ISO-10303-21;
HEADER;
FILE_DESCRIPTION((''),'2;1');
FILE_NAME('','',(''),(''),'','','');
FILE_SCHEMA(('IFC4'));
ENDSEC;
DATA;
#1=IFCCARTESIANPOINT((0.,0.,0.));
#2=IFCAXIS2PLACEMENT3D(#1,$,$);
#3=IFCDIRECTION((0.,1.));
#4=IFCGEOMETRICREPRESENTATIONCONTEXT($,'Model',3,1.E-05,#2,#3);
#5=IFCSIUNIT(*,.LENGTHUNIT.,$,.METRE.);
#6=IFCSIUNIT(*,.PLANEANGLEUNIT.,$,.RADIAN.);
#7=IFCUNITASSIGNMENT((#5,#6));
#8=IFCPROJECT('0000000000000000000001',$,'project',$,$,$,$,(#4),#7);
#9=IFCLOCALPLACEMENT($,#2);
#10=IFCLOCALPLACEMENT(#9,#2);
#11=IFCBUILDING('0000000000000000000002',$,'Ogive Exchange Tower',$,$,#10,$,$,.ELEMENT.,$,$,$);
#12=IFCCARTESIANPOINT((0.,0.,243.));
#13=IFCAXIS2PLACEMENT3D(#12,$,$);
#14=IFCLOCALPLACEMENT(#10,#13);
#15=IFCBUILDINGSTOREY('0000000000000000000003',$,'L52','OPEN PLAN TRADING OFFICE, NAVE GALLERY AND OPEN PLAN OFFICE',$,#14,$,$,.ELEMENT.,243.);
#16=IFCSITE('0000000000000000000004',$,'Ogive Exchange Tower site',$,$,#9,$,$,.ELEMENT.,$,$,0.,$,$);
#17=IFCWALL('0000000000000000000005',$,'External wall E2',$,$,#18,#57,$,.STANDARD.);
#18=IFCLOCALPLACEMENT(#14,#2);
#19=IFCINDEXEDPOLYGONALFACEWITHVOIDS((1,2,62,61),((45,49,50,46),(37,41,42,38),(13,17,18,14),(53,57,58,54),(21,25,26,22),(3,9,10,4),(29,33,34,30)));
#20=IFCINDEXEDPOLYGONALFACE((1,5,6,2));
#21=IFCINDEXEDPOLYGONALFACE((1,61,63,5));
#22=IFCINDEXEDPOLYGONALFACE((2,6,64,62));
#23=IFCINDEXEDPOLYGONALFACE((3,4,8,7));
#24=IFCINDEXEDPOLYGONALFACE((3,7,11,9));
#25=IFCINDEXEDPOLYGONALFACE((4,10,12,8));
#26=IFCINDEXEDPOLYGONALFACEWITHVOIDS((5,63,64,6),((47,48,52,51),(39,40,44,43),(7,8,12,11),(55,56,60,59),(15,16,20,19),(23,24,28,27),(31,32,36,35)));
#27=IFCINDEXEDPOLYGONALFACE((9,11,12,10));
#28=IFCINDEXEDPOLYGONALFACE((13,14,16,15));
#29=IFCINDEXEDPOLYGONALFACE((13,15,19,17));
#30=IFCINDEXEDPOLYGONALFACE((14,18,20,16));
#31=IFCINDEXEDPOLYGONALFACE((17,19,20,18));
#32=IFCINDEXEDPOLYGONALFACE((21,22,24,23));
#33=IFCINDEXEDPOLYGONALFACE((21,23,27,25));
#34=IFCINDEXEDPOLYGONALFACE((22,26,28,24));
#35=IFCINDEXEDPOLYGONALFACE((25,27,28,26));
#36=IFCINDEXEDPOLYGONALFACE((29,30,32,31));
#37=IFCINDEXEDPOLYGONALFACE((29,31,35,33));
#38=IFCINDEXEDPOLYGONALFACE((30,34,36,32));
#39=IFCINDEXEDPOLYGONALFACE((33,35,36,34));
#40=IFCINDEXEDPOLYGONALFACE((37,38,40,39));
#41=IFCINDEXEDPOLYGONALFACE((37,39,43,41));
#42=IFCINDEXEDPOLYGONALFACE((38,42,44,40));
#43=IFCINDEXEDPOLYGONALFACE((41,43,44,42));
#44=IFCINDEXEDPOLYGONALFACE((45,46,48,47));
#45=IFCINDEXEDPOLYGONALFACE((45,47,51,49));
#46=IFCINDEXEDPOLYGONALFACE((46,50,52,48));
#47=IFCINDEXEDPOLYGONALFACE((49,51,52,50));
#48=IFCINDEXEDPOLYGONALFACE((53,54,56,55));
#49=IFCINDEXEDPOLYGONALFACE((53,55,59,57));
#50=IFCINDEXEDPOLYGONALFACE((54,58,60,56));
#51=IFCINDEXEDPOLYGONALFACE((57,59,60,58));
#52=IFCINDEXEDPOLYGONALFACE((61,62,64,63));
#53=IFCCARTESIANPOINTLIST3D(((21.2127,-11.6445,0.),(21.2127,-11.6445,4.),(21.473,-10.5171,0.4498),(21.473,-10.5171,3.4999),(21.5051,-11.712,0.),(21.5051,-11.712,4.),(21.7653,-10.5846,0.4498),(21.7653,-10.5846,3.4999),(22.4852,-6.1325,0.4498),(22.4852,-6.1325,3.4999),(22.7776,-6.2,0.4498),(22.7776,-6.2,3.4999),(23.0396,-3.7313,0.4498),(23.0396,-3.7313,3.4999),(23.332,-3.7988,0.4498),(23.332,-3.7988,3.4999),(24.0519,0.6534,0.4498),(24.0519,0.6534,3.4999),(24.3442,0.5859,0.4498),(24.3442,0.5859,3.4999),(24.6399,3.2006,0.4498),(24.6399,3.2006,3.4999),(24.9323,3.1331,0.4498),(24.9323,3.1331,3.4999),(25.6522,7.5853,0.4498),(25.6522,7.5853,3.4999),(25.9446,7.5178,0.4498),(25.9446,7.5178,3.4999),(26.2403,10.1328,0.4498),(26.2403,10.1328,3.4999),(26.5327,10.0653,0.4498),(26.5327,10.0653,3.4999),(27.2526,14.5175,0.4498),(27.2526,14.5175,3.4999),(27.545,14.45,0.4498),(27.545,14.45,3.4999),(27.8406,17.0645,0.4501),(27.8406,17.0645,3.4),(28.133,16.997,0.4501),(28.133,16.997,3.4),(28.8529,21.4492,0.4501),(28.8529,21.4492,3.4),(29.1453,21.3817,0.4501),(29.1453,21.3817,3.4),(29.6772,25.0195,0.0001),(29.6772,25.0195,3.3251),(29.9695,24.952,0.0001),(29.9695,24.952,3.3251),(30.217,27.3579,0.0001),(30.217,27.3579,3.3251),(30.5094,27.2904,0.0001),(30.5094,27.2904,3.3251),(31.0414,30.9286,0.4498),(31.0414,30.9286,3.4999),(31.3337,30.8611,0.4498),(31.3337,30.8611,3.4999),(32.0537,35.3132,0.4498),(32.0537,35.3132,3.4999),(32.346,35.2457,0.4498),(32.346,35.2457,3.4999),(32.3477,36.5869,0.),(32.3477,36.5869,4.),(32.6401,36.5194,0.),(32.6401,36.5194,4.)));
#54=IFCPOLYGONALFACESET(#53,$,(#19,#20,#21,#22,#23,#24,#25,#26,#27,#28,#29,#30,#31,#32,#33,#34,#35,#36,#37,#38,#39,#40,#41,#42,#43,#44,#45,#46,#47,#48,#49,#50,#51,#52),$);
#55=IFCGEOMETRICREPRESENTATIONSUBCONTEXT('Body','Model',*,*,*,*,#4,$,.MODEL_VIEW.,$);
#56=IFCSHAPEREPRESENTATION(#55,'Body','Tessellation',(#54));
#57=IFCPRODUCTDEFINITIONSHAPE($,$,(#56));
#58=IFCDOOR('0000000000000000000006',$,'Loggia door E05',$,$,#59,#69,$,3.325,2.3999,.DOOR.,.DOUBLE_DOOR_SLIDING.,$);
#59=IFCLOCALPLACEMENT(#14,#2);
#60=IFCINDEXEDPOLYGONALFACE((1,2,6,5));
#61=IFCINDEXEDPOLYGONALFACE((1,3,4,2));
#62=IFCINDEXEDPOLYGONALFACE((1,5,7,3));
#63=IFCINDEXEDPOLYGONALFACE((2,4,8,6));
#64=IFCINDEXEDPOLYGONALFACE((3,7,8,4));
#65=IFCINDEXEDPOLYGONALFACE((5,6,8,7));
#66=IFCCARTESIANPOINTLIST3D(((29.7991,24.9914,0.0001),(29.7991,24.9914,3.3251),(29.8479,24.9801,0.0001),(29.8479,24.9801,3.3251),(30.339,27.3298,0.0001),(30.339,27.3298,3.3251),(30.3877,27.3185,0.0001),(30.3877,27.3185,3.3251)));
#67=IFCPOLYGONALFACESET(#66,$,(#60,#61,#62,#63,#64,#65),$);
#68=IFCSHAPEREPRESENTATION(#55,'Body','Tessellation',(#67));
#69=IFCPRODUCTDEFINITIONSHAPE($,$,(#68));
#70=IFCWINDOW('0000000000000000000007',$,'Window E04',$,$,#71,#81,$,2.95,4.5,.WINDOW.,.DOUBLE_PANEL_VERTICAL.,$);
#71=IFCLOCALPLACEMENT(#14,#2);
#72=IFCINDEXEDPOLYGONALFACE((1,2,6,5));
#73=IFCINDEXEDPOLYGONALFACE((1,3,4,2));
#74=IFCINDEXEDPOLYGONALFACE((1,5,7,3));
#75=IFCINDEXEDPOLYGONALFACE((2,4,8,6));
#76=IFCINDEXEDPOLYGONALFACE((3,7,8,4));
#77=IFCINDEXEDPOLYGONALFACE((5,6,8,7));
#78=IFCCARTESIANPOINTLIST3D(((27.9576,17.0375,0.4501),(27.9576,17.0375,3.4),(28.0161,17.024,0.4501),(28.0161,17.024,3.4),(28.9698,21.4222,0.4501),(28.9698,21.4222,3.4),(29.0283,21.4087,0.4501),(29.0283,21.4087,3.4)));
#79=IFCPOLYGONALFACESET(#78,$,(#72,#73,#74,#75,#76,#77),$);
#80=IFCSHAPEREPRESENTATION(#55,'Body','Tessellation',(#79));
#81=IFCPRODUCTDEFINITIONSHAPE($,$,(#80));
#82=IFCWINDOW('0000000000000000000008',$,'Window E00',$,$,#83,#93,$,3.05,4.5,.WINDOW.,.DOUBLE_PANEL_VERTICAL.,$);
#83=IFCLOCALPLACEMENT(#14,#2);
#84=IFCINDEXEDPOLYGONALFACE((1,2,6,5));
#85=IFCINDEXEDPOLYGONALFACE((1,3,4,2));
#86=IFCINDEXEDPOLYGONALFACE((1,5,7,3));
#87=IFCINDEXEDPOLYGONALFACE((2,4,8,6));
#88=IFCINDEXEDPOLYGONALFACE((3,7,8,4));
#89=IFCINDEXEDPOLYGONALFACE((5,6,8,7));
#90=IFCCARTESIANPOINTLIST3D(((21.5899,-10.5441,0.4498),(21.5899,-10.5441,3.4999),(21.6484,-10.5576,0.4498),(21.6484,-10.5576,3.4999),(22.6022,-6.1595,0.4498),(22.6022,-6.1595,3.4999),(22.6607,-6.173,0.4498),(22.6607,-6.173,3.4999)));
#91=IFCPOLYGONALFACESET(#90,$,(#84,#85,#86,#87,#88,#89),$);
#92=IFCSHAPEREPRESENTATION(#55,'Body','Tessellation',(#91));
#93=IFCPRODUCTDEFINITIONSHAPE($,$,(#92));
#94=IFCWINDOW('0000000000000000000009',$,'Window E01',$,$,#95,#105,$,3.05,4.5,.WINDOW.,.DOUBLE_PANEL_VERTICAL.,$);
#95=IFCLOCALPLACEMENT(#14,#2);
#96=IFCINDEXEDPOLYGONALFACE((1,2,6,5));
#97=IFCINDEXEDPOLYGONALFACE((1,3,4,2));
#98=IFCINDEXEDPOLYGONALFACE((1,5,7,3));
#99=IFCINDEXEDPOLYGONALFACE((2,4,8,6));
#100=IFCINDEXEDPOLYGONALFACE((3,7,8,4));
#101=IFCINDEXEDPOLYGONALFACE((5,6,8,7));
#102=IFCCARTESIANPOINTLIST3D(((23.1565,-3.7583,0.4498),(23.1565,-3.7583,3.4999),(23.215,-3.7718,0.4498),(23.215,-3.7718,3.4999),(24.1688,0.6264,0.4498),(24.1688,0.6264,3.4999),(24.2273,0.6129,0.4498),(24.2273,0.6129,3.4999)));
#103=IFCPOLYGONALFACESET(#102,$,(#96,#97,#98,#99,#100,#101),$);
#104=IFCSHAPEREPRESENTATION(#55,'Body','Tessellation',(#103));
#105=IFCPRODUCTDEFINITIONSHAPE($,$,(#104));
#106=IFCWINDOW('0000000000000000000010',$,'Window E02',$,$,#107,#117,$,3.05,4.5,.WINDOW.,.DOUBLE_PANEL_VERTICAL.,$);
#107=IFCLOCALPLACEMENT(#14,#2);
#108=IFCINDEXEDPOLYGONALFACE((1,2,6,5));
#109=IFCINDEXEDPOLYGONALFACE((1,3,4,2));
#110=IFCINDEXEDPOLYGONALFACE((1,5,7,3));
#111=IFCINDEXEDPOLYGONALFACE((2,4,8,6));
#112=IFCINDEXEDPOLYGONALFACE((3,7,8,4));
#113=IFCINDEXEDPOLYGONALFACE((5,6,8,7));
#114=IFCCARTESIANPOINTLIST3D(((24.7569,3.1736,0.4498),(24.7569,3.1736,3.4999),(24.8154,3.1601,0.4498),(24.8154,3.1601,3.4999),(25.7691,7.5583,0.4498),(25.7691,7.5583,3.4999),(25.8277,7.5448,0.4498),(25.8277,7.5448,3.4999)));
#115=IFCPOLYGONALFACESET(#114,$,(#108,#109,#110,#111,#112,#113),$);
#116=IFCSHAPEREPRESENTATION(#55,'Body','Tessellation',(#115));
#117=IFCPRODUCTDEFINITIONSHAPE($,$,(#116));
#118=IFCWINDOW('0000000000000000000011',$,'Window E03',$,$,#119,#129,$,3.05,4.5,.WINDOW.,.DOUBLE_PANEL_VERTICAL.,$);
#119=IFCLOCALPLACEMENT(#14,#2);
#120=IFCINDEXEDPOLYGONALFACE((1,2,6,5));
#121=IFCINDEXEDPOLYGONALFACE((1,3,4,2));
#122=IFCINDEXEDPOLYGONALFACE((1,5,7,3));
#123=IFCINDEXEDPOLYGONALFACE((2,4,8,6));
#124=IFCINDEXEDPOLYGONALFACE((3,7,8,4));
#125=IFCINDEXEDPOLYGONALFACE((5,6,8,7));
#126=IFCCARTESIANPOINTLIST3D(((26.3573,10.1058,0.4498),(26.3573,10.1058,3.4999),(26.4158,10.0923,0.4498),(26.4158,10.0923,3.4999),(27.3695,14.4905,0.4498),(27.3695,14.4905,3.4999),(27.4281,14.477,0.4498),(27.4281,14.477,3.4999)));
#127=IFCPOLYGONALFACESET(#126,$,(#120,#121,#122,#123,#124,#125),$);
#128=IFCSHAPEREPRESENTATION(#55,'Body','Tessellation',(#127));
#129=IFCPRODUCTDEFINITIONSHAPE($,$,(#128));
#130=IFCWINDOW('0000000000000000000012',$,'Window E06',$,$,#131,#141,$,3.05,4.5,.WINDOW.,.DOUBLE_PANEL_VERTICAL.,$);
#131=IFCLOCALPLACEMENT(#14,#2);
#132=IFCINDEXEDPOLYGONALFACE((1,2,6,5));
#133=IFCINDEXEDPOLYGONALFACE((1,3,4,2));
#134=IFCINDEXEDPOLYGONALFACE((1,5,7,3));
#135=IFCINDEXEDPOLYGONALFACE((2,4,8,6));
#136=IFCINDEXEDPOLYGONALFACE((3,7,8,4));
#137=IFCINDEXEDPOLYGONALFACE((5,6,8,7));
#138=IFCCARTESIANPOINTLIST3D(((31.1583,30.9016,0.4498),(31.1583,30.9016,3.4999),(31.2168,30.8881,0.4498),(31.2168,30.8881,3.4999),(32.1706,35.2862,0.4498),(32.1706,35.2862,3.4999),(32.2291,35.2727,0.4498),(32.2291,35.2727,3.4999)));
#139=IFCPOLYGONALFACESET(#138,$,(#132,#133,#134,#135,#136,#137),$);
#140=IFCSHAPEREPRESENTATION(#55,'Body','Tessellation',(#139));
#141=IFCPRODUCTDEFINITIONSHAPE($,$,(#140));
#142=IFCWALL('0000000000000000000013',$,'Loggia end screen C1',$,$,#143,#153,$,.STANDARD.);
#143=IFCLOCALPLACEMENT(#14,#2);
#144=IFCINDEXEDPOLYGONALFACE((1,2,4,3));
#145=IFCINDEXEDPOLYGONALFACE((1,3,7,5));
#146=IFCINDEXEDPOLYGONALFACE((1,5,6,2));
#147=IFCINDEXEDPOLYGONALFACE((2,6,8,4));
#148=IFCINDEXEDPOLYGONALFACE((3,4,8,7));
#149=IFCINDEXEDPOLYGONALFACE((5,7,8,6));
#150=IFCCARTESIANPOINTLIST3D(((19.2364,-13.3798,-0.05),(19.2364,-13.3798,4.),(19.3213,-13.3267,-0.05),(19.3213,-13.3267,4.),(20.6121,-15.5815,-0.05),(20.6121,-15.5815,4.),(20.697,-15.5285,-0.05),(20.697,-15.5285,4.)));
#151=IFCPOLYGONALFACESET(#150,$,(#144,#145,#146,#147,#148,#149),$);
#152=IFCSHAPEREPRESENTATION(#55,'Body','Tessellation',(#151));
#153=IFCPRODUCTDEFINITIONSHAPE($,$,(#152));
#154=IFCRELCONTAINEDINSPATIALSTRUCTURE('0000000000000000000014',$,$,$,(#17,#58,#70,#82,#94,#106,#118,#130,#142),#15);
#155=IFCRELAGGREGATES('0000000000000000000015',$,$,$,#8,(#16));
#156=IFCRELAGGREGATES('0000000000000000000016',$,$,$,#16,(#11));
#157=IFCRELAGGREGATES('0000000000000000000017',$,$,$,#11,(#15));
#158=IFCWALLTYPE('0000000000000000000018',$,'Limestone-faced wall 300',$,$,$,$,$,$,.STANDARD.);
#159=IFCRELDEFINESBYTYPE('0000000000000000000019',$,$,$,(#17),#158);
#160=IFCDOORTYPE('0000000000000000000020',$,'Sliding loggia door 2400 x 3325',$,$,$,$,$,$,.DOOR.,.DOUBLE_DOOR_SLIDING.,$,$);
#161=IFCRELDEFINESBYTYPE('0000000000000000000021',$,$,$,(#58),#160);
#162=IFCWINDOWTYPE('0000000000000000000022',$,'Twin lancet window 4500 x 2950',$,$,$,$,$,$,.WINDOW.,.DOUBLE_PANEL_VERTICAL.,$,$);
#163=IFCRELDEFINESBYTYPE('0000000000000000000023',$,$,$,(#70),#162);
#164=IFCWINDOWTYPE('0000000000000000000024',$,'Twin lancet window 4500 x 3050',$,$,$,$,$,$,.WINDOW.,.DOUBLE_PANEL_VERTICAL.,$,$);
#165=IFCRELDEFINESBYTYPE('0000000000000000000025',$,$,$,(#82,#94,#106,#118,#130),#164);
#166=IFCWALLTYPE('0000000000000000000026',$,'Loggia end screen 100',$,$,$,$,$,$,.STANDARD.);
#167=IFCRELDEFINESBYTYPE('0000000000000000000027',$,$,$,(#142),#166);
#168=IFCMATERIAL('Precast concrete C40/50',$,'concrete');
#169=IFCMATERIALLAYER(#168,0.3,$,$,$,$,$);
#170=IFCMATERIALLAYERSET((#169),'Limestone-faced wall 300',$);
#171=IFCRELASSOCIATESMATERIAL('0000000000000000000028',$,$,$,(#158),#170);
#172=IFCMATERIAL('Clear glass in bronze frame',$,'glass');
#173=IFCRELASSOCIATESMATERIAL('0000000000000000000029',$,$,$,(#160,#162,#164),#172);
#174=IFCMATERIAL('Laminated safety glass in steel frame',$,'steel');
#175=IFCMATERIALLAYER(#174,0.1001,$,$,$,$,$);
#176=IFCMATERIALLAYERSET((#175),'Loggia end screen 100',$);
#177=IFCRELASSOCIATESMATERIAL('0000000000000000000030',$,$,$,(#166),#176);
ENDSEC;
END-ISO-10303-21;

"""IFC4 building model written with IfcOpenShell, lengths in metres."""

from ifc_helpers import new_model, si_unit, direction, frame, frame_2d, origin, place, context, subcontext, project, spatial, rectangle, extrude, material, layer, layer_set, type_object, element, fill, save


model = new_model("IFC4")

# Units and contexts
model_context = context("Model", 3, precision=1e-05, world=origin(), true_north=direction((0.0, 1.0)))
body_context = subcontext(model_context, "Body", "Model", "MODEL_VIEW")
ifc_project = project(units=[si_unit("LENGTHUNIT", "METRE"), si_unit("PLANEANGLEUNIT", "RADIAN")], contexts=[model_context])

# Site, building, storey
site_placement = place(None, origin())
site = spatial("IfcSite", under=ifc_project, at=site_placement, Name="Ogive Exchange Tower site", CompositionType="ELEMENT", RefElevation=0.0)
building_placement = place(site_placement, origin())
building = spatial("IfcBuilding", under=site, at=building_placement, Name="Ogive Exchange Tower", CompositionType="ELEMENT")
storey_placement = place(building_placement, frame((0.0, 0.0, 243.0)))
storey = spatial("IfcBuildingStorey", under=building, at=storey_placement, Name="L52", Description="OPEN PLAN TRADING OFFICE, NAVE GALLERY AND OPEN PLAN OFFICE", CompositionType="ELEMENT", Elevation=243.0)

# Wall, openings, door, windows
ifc_material_1 = material(Name="Precast concrete C40/50", Category="concrete")
ifc_layer_1 = layer(ifc_material_1, 0.3)
ifc_layer_set_1 = layer_set([ifc_layer_1], Name="Limestone-faced wall 300")
wall_type_1 = type_object("IfcWallType", Name="Limestone-faced wall 300", PredefinedType="STANDARD", material=ifc_layer_set_1)
wall_1_placement = place(storey_placement, frame((21.3589, -11.6782, 0.0), z_axis=(0.0, 0.0, 1.0), x_axis=(0.224949, 0.97437, 0.0)))
wall_1 = element("IfcWall", 1, at=wall_1_placement, inside=storey, type_object=wall_type_1, Name="External wall E2", PredefinedType="STANDARD", context=body_context, shape_type="SweptSolid", body=[
    extrude(rectangle(XDim=49.5, YDim=0.3, at=frame_2d((24.75, 0.0))), origin(), (0.0, 0.0, 1.0), 4.0),
])
opening_1_placement = place(wall_1_placement, frame((1.157, 0.0, 0.45)))
opening_1 = element("IfcOpeningElement", 2, at=opening_1_placement, cuts=wall_1, PredefinedType="OPENING", context=body_context, shape_type="SweptSolid", body=[
    extrude(rectangle(XDim=4.5, YDim=3.05, at=frame_2d((2.25, 1.5249))), frame((0.0, 0.1599, 0.0), z_axis=(0.0, -1.0, 0.0), x_axis=(1.0, 0.0, 0.0)), (0.0, 0.0, 1.0), 0.3201),
])
opening_2_placement = place(wall_1_placement, frame((8.1213, 0.0, 0.45)))
opening_2 = element("IfcOpeningElement", 3, at=opening_2_placement, cuts=wall_1, PredefinedType="OPENING", context=body_context, shape_type="SweptSolid", body=[
    extrude(rectangle(XDim=4.5, YDim=3.05, at=frame_2d((2.25, 1.5249))), frame((0.0, 0.1599, 0.0), z_axis=(0.0, -1.0, 0.0), x_axis=(1.0, 0.0, 0.0)), (0.0, 0.0, 1.0), 0.3201),
])
opening_3_placement = place(wall_1_placement, frame((15.2356, 0.0, 0.45)))
opening_3 = element("IfcOpeningElement", 4, at=opening_3_placement, cuts=wall_1, PredefinedType="OPENING", context=body_context, shape_type="SweptSolid", body=[
    extrude(rectangle(XDim=4.5, YDim=3.05, at=frame_2d((2.25, 1.5249))), frame((0.0, 0.1599, 0.0), z_axis=(0.0, -1.0, 0.0), x_axis=(1.0, 0.0, 0.0)), (0.0, 0.0, 1.0), 0.3201),
])
opening_4_placement = place(wall_1_placement, frame((22.3501, 0.0, 0.45)))
opening_4 = element("IfcOpeningElement", 5, at=opening_4_placement, cuts=wall_1, PredefinedType="OPENING", context=body_context, shape_type="SweptSolid", body=[
    extrude(rectangle(XDim=4.5, YDim=3.05, at=frame_2d((2.25, 1.5249))), frame((0.0, 0.1599, 0.0), z_axis=(0.0, -1.0, 0.0), x_axis=(1.0, 0.0, 0.0)), (0.0, 0.0, 1.0), 0.3201),
])
opening_5_placement = place(wall_1_placement, frame((29.4641, 0.0, 0.45)))
opening_5 = element("IfcOpeningElement", 6, at=opening_5_placement, cuts=wall_1, PredefinedType="OPENING", context=body_context, shape_type="SweptSolid", body=[
    extrude(rectangle(XDim=4.5, YDim=2.95, at=frame_2d((2.25, 1.4751))), frame((0.0, 0.1599, 0.0), z_axis=(0.0, -1.0, 0.0), x_axis=(1.0, 0.0, 0.0)), (0.0, 0.0, 1.0), 0.3201),
])
opening_6_placement = place(wall_1_placement, frame((37.6284, 0.0, 0.0)))
opening_6 = element("IfcOpeningElement", 7, at=opening_6_placement, cuts=wall_1, PredefinedType="OPENING", context=body_context, shape_type="SweptSolid", body=[
    extrude(rectangle(XDim=2.3999, YDim=3.325, at=frame_2d((1.2, 1.6626))), frame((0.0, 0.1599, 0.0), z_axis=(0.0, -1.0, 0.0), x_axis=(1.0, 0.0, 0.0)), (0.0, 0.0, 1.0), 0.3201),
])
opening_7_placement = place(wall_1_placement, frame((43.6929, 0.0, 0.45)))
opening_7 = element("IfcOpeningElement", 8, at=opening_7_placement, cuts=wall_1, PredefinedType="OPENING", context=body_context, shape_type="SweptSolid", body=[
    extrude(rectangle(XDim=4.5, YDim=3.05, at=frame_2d((2.25, 1.5249))), frame((0.0, 0.1599, 0.0), z_axis=(0.0, -1.0, 0.0), x_axis=(1.0, 0.0, 0.0)), (0.0, 0.0, 1.0), 0.3201),
])
ifc_material_2 = material(Name="Clear glass in bronze frame", Category="glass")
door_type = type_object("IfcDoorType", Name="Sliding loggia door 2400 x 3325", OperationType="DOUBLE_DOOR_SLIDING", PredefinedType="DOOR", material=ifc_material_2)
door_placement = place(opening_6_placement, origin())
door = element("IfcDoor", 9, at=door_placement, inside=storey, type_object=door_type, Name="Loggia door E05", OperationType="DOUBLE_DOOR_SLIDING", OverallHeight=3.325, OverallWidth=2.3999, PredefinedType="DOOR", context=body_context, shape_type="SweptSolid", body=[
    extrude(rectangle(XDim=2.3999, YDim=3.325, at=frame_2d((1.2, 1.6626))), frame((0.0, 0.0249, 0.0), z_axis=(0.0, -1.0, 0.0), x_axis=(1.0, 0.0, 0.0)), (0.0, 0.0, 1.0), 0.05),
])
fill(opening_6, door)
window_type_1 = type_object("IfcWindowType", Name="Twin lancet window 4500 x 2950", PartitioningType="DOUBLE_PANEL_VERTICAL", PredefinedType="WINDOW", material=ifc_material_2)
window_1_placement = place(opening_5_placement, origin())
window_1 = element("IfcWindow", 10, at=window_1_placement, inside=storey, type_object=window_type_1, Name="Window E04", OverallHeight=2.95, OverallWidth=4.5, PartitioningType="DOUBLE_PANEL_VERTICAL", PredefinedType="WINDOW", context=body_context, shape_type="SweptSolid", body=[
    extrude(rectangle(XDim=4.5, YDim=2.95, at=frame_2d((2.25, 1.4751))), frame((0.0, 0.03, 0.0), z_axis=(0.0, -1.0, 0.0), x_axis=(1.0, 0.0, 0.0)), (0.0, 0.0, 1.0), 0.0601),
])
fill(opening_5, window_1)
window_type_2 = type_object("IfcWindowType", Name="Twin lancet window 4500 x 3050", PartitioningType="DOUBLE_PANEL_VERTICAL", PredefinedType="WINDOW", material=ifc_material_2)
window_2_placement = place(opening_1_placement, origin())
window_2 = element("IfcWindow", 11, at=window_2_placement, inside=storey, type_object=window_type_2, Name="Window E00", OverallHeight=3.05, OverallWidth=4.5, PartitioningType="DOUBLE_PANEL_VERTICAL", PredefinedType="WINDOW", context=body_context, shape_type="SweptSolid", body=[
    extrude(rectangle(XDim=4.5, YDim=3.05, at=frame_2d((2.25, 1.5249))), frame((0.0, 0.03, 0.0), z_axis=(0.0, -1.0, 0.0), x_axis=(1.0, 0.0, 0.0)), (0.0, 0.0, 1.0), 0.0601),
])
fill(opening_1, window_2)
window_3_placement = place(opening_2_placement, origin())
window_3 = element("IfcWindow", 12, at=window_3_placement, inside=storey, type_object=window_type_2, Name="Window E01", OverallHeight=3.05, OverallWidth=4.5, PartitioningType="DOUBLE_PANEL_VERTICAL", PredefinedType="WINDOW", context=body_context, shape_type="SweptSolid", body=[
    extrude(rectangle(XDim=4.5, YDim=3.05, at=frame_2d((2.25, 1.5249))), frame((0.0, 0.03, 0.0), z_axis=(0.0, -1.0, 0.0), x_axis=(1.0, 0.0, 0.0)), (0.0, 0.0, 1.0), 0.0601),
])
fill(opening_2, window_3)
window_4_placement = place(opening_3_placement, origin())
window_4 = element("IfcWindow", 13, at=window_4_placement, inside=storey, type_object=window_type_2, Name="Window E02", OverallHeight=3.05, OverallWidth=4.5, PartitioningType="DOUBLE_PANEL_VERTICAL", PredefinedType="WINDOW", context=body_context, shape_type="SweptSolid", body=[
    extrude(rectangle(XDim=4.5, YDim=3.05, at=frame_2d((2.25, 1.5249))), frame((0.0, 0.03, 0.0), z_axis=(0.0, -1.0, 0.0), x_axis=(1.0, 0.0, 0.0)), (0.0, 0.0, 1.0), 0.0601),
])
fill(opening_3, window_4)
window_5_placement = place(opening_4_placement, origin())
window_5 = element("IfcWindow", 14, at=window_5_placement, inside=storey, type_object=window_type_2, Name="Window E03", OverallHeight=3.05, OverallWidth=4.5, PartitioningType="DOUBLE_PANEL_VERTICAL", PredefinedType="WINDOW", context=body_context, shape_type="SweptSolid", body=[
    extrude(rectangle(XDim=4.5, YDim=3.05, at=frame_2d((2.25, 1.5249))), frame((0.0, 0.03, 0.0), z_axis=(0.0, -1.0, 0.0), x_axis=(1.0, 0.0, 0.0)), (0.0, 0.0, 1.0), 0.0601),
])
fill(opening_4, window_5)
window_6_placement = place(opening_7_placement, origin())
window_6 = element("IfcWindow", 15, at=window_6_placement, inside=storey, type_object=window_type_2, Name="Window E06", OverallHeight=3.05, OverallWidth=4.5, PartitioningType="DOUBLE_PANEL_VERTICAL", PredefinedType="WINDOW", context=body_context, shape_type="SweptSolid", body=[
    extrude(rectangle(XDim=4.5, YDim=3.05, at=frame_2d((2.25, 1.5249))), frame((0.0, 0.03, 0.0), z_axis=(0.0, -1.0, 0.0), x_axis=(1.0, 0.0, 0.0)), (0.0, 0.0, 1.0), 0.0601),
])
fill(opening_7, window_6)

# Wall
ifc_material_3 = material(Name="Laminated safety glass in steel frame", Category="steel")
ifc_layer_2 = layer(ifc_material_3, 0.1001)
ifc_layer_set_2 = layer_set([ifc_layer_2], Name="Loggia end screen 100")
wall_type_2 = type_object("IfcWallType", Name="Loggia end screen 100", PredefinedType="STANDARD", material=ifc_layer_set_2)
wall_2_placement = place(storey_placement, frame((19.2788, -13.3533, -0.05), z_axis=(0.0, 0.0, 1.0), x_axis=(0.529914, -0.848051, 0.0)))
element("IfcWall", 16, at=wall_2_placement, inside=storey, type_object=wall_type_2, Name="Loggia end screen C1", PredefinedType="STANDARD", context=body_context, shape_type="SweptSolid", body=[
    extrude(rectangle(XDim=2.5962, YDim=0.1001, at=frame_2d((1.2981, 0.0))), origin(), (0.0, 0.0, 1.0), 4.05),
])

save(model, "model.ifc")
